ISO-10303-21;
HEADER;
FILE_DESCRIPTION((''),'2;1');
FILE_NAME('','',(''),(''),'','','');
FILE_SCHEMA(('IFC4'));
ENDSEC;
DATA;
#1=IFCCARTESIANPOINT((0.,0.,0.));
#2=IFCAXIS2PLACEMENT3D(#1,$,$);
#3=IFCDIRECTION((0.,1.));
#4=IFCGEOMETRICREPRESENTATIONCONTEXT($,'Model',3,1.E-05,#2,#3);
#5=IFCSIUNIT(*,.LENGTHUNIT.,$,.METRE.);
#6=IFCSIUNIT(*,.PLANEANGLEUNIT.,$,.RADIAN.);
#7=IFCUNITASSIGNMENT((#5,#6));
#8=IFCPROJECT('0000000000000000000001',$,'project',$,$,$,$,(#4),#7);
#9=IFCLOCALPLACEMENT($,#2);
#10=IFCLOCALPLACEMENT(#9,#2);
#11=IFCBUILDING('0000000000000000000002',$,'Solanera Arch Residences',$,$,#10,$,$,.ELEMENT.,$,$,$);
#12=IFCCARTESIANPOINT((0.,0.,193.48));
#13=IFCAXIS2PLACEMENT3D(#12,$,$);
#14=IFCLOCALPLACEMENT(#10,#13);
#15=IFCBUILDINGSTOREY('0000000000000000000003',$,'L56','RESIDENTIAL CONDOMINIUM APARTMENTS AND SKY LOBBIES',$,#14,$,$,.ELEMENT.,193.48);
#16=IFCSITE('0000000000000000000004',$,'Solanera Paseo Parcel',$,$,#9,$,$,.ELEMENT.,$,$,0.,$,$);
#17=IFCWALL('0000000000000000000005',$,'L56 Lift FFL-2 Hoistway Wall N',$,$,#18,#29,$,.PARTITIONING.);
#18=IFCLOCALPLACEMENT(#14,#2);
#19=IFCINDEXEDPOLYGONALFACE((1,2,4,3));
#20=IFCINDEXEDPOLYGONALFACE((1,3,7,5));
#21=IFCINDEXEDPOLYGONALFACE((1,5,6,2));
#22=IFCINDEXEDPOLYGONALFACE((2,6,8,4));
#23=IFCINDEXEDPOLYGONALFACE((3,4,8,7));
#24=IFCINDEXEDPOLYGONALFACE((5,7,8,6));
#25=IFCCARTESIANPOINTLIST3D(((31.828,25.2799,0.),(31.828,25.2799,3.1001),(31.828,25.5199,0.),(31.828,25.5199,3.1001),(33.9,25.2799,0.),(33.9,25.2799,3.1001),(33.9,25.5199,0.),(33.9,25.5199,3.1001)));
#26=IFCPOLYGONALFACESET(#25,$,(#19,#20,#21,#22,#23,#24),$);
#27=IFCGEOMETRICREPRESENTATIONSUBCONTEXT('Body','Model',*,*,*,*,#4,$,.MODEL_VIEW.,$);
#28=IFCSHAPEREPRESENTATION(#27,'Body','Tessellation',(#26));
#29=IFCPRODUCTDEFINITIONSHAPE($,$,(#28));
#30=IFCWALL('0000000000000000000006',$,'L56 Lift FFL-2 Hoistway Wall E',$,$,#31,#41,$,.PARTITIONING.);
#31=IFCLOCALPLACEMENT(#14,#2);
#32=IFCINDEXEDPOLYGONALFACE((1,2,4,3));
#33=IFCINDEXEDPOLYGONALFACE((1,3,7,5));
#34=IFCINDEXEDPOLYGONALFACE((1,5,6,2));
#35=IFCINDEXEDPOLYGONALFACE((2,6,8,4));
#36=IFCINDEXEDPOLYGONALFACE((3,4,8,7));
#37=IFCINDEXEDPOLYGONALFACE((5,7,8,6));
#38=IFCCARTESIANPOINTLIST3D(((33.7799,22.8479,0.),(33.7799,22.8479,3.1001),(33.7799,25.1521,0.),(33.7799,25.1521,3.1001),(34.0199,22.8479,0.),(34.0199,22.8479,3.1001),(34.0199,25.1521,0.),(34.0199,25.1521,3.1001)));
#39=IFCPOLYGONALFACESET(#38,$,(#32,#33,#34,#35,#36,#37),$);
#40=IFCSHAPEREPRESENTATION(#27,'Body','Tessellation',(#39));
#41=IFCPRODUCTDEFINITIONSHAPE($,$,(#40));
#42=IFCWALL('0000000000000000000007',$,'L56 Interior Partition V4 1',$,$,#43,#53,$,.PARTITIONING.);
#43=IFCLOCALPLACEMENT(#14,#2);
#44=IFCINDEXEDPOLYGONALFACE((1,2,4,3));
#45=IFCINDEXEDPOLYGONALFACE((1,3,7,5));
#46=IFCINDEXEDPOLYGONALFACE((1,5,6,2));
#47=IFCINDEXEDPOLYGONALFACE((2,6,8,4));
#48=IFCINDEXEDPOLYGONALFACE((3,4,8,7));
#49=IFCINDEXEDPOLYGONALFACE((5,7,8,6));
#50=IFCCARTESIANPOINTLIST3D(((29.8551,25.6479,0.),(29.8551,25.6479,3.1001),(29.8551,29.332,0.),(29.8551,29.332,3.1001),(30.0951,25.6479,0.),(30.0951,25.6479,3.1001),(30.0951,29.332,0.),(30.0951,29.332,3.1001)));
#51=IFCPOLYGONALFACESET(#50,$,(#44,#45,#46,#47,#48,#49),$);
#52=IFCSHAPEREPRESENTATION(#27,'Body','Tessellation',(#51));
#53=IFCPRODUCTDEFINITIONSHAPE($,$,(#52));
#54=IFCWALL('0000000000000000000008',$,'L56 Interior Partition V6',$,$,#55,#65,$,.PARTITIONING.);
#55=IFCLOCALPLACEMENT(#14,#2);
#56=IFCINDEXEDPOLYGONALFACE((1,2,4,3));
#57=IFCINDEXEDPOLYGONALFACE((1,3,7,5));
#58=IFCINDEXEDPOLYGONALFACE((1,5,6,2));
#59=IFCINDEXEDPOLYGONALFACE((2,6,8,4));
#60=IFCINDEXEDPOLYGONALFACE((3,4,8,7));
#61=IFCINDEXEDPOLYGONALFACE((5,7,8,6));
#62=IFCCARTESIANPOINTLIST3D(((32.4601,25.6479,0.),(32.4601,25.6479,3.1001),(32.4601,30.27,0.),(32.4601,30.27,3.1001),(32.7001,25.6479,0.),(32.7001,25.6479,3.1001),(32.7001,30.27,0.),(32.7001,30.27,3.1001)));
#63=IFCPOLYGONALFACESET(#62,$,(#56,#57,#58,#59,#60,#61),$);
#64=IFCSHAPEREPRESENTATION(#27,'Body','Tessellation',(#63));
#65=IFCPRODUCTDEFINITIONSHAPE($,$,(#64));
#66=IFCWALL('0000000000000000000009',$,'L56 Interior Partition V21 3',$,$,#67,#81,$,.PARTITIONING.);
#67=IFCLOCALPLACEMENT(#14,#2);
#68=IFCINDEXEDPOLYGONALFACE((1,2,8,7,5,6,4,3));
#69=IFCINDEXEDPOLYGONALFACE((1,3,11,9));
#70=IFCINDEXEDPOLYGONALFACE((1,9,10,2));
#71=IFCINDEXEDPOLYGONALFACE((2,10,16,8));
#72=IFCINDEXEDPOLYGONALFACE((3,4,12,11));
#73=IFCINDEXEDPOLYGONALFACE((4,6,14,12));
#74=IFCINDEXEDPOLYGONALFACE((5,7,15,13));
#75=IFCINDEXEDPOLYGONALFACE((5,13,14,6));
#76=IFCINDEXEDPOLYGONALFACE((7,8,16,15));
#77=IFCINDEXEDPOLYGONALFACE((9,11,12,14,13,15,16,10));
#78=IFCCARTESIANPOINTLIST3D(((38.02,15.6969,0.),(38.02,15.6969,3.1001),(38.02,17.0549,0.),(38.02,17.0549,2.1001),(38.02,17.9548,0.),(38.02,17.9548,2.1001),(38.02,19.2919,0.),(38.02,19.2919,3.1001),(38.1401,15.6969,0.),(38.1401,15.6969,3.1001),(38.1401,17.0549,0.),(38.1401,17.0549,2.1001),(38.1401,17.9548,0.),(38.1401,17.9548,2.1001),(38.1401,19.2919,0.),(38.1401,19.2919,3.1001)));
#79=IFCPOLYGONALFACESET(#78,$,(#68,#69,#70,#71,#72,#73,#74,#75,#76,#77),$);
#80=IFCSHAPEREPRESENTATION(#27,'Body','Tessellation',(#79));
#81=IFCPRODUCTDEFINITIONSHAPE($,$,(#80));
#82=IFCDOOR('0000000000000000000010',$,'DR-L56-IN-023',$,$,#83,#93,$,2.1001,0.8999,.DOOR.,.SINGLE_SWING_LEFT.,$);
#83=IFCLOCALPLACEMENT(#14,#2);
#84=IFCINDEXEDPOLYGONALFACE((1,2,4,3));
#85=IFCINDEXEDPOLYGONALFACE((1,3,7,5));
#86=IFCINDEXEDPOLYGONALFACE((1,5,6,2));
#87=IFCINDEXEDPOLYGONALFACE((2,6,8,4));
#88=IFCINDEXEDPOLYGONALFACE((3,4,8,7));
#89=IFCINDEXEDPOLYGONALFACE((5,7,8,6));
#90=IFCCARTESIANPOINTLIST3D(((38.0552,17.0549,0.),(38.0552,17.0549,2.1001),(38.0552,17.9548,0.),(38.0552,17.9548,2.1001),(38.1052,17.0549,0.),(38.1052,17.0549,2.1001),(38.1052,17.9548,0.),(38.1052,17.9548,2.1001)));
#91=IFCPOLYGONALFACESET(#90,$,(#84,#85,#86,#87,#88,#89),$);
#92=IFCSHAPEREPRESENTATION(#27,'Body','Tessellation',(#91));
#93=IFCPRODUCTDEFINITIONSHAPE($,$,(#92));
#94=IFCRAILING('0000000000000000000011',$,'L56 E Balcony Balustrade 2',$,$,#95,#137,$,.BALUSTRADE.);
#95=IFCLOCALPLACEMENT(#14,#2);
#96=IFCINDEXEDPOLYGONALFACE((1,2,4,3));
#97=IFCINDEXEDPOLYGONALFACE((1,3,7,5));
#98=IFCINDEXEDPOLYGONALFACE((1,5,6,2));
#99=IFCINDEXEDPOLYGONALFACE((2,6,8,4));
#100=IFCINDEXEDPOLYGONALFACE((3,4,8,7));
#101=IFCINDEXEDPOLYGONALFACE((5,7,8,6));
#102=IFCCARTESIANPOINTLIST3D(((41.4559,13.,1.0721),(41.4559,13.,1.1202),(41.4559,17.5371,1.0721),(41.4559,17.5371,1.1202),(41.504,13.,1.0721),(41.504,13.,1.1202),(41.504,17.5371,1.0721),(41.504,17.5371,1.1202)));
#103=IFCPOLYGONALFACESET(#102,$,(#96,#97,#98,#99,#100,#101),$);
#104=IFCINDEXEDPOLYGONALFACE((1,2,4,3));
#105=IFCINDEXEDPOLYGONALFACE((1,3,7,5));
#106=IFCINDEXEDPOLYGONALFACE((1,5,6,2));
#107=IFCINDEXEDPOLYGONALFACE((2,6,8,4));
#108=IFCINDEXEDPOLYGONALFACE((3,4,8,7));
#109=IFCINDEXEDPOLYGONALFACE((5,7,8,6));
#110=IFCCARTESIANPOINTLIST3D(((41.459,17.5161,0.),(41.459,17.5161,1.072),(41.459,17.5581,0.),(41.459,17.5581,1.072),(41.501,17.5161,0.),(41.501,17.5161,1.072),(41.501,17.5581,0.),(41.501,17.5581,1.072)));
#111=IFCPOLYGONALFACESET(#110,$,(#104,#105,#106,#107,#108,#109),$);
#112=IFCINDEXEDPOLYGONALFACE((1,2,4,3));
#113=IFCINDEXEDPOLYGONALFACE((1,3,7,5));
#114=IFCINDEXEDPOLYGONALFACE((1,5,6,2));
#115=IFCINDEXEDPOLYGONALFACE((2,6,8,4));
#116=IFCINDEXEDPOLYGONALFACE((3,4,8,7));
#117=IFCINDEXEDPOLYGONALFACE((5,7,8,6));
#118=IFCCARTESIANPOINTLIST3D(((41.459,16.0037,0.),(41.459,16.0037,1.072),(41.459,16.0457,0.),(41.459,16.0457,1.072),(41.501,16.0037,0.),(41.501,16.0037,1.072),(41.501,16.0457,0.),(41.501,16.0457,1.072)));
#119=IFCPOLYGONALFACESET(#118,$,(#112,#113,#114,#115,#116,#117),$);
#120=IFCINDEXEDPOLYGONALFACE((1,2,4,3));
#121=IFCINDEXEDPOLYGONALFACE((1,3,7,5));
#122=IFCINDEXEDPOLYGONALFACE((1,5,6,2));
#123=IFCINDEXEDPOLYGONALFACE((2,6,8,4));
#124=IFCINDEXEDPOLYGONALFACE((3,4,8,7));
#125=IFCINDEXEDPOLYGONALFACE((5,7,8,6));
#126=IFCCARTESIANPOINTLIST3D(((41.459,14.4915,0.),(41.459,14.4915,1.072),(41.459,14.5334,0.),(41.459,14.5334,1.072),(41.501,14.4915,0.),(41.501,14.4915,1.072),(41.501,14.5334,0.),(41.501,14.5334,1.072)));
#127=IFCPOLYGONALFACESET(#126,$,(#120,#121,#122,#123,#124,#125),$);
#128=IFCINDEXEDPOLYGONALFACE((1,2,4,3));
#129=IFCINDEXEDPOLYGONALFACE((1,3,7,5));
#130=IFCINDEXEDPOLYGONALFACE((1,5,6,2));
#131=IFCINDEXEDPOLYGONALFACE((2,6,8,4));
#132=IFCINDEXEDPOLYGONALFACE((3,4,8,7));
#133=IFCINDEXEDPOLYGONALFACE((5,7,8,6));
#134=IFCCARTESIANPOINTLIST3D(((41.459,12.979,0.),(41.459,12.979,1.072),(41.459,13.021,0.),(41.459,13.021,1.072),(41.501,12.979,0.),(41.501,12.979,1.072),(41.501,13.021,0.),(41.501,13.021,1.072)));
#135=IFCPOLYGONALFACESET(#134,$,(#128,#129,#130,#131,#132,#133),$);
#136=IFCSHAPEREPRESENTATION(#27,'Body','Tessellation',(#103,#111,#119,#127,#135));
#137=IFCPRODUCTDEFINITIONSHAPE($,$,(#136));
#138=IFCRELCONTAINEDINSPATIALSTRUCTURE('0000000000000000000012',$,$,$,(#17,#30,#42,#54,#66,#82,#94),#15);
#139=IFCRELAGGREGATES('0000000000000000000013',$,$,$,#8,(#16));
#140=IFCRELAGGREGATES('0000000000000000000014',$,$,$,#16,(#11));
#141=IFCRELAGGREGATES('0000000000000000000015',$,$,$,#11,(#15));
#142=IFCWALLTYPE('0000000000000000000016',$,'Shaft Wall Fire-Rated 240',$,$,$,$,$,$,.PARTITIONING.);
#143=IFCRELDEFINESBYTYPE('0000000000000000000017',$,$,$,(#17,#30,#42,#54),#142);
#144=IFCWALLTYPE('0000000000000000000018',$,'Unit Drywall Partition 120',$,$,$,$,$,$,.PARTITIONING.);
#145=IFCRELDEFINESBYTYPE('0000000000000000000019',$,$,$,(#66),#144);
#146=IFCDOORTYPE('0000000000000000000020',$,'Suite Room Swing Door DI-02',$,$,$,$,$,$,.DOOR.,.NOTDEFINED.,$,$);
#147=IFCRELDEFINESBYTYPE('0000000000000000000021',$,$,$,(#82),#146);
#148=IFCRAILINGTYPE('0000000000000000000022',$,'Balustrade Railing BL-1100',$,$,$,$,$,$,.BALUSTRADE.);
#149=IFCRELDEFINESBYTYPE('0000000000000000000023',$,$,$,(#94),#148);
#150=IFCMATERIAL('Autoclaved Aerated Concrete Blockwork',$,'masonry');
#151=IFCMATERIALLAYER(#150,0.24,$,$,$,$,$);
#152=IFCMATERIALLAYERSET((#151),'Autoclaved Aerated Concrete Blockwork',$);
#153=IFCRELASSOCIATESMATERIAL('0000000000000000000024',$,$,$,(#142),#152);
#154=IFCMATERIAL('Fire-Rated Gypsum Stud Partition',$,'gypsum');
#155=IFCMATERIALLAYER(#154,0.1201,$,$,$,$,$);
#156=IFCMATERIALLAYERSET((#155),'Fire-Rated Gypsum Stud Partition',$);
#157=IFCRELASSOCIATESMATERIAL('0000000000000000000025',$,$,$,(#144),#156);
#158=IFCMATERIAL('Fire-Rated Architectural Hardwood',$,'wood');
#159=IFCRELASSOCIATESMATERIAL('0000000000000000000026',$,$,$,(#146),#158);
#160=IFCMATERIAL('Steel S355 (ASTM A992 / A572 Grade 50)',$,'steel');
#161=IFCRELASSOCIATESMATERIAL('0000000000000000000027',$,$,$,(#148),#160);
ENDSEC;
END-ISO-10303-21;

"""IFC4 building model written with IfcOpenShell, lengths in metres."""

from ifc_helpers import new_model, si_unit, direction, frame, frame_2d, origin, origin_2d, place, context, subcontext, project, spatial, rectangle, extrude, material, layer, layer_set, type_object, element, fill, save


model = new_model("IFC4")

# Units and contexts
model_context = context("Model", 3, precision=1e-05, world=origin(), true_north=direction((0.0, 1.0)))
body_context = subcontext(model_context, "Body", "Model", "MODEL_VIEW")
ifc_project = project(units=[si_unit("LENGTHUNIT", "METRE"), si_unit("PLANEANGLEUNIT", "RADIAN")], contexts=[model_context])

# Site, building, storey
site_placement = place(None, origin())
site = spatial("IfcSite", under=ifc_project, at=site_placement, Name="Solanera Paseo Parcel", CompositionType="ELEMENT", RefElevation=0.0)
building_placement = place(site_placement, origin())
building = spatial("IfcBuilding", under=site, at=building_placement, Name="Solanera Arch Residences", CompositionType="ELEMENT")
storey_placement = place(building_placement, frame((0.0, 0.0, 193.48)))
storey = spatial("IfcBuildingStorey", under=building, at=storey_placement, Name="L56", Description="RESIDENTIAL CONDOMINIUM APARTMENTS AND SKY LOBBIES", CompositionType="ELEMENT", Elevation=193.48)

# Walls
ifc_material_1 = material(Name="Autoclaved Aerated Concrete Blockwork", Category="masonry")
ifc_layer_1 = layer(ifc_material_1, 0.24)
ifc_layer_set_1 = layer_set([ifc_layer_1], Name="Autoclaved Aerated Concrete Blockwork")
wall_type_1 = type_object("IfcWallType", Name="Shaft Wall Fire-Rated 240", PredefinedType="PARTITIONING", material=ifc_layer_set_1)
for number, where, z_axis, x_axis, name in (
    (1, (31.8279, 25.3999, 0.0), (0.0, 0.0, 1.0), (1.0, 0.0, 0.0), "L56 Lift FFL-2 Hoistway Wall N"),
):
    element("IfcWall", number, at=place(storey_placement, frame(where, z_axis=z_axis, x_axis=x_axis)), inside=storey, type_object=wall_type_1, Name=name, PredefinedType="PARTITIONING", context=body_context, shape_type="SweptSolid", body=[
        extrude(rectangle(XDim=2.072, YDim=0.24, at=frame_2d((1.0361, 0.0))), origin(), (0.0, 0.0, 1.0), 3.1001),
    ])
wall_1_placement = place(storey_placement, frame((33.8999, 22.8479, 0.0), z_axis=(0.0, 0.0, 1.0), x_axis=(0.0, 1.0, 0.0)))
element("IfcWall", 2, at=wall_1_placement, inside=storey, type_object=wall_type_1, Name="L56 Lift FFL-2 Hoistway Wall E", PredefinedType="PARTITIONING", context=body_context, shape_type="SweptSolid", body=[
    extrude(rectangle(XDim=2.3042, YDim=0.24, at=frame_2d((1.1521, 0.0))), origin(), (0.0, 0.0, 1.0), 3.1001),
])
wall_2_placement = place(storey_placement, frame((29.9751, 25.6479, 0.0), z_axis=(0.0, 0.0, 1.0), x_axis=(0.0, 1.0, 0.0)))
element("IfcWall", 3, at=wall_2_placement, inside=storey, type_object=wall_type_1, Name="L56 Interior Partition V4 1", PredefinedType="PARTITIONING", context=body_context, shape_type="SweptSolid", body=[
    extrude(rectangle(XDim=3.6841, YDim=0.24, at=frame_2d((1.842, 0.0))), origin(), (0.0, 0.0, 1.0), 3.1001),
])
wall_3_placement = place(storey_placement, frame((32.5801, 25.6479, 0.0), z_axis=(0.0, 0.0, 1.0), x_axis=(0.0, 1.0, 0.0)))
element("IfcWall", 4, at=wall_3_placement, inside=storey, type_object=wall_type_1, Name="L56 Interior Partition V6", PredefinedType="PARTITIONING", context=body_context, shape_type="SweptSolid", body=[
    extrude(rectangle(XDim=4.6221, YDim=0.24, at=frame_2d((2.311, 0.0))), origin(), (0.0, 0.0, 1.0), 3.1001),
])

# Wall, opening, door
ifc_material_2 = material(Name="Fire-Rated Gypsum Stud Partition", Category="gypsum")
ifc_layer_2 = layer(ifc_material_2, 0.1201)
ifc_layer_set_2 = layer_set([ifc_layer_2], Name="Fire-Rated Gypsum Stud Partition")
wall_type_2 = type_object("IfcWallType", Name="Unit Drywall Partition 120", PredefinedType="PARTITIONING", material=ifc_layer_set_2)
wall_4_placement = place(storey_placement, frame((38.0801, 15.697, 0.0), z_axis=(0.0, 0.0, 1.0), x_axis=(0.0, 1.0, 0.0)))
wall_4 = element("IfcWall", 5, at=wall_4_placement, inside=storey, type_object=wall_type_2, Name="L56 Interior Partition V21 3", PredefinedType="PARTITIONING", context=body_context, shape_type="SweptSolid", body=[
    extrude(rectangle(XDim=3.595, YDim=0.1201, at=frame_2d((1.7974, 0.0))), origin(), (0.0, 0.0, 1.0), 3.1001),
])
opening_placement = place(wall_4_placement, frame((1.3579, 0.0, 0.0)))
opening = element("IfcOpeningElement", 6, at=opening_placement, cuts=wall_4, PredefinedType="OPENING", context=body_context, shape_type="SweptSolid", body=[
    extrude(rectangle(XDim=0.8999, YDim=2.1001, at=frame_2d((0.45, 1.05))), frame((0.0, 0.0701, 0.0), z_axis=(0.0, -1.0, 0.0), x_axis=(1.0, 0.0, 0.0)), (0.0, 0.0, 1.0), 0.1401),
])
ifc_material_3 = material(Name="Fire-Rated Architectural Hardwood", Category="wood")
door_type = type_object("IfcDoorType", Name="Suite Room Swing Door DI-02", OperationType="NOTDEFINED", PredefinedType="DOOR", material=ifc_material_3)
door_placement = place(opening_placement, origin())
door = element("IfcDoor", 7, at=door_placement, inside=storey, type_object=door_type, Name="DR-L56-IN-023", OperationType="SINGLE_SWING_LEFT", OverallHeight=2.1001, OverallWidth=0.8999, PredefinedType="DOOR", context=body_context, shape_type="SweptSolid", body=[
    extrude(rectangle(XDim=0.8999, YDim=2.1001, at=frame_2d((0.45, 1.05))), frame((0.0, 0.0249, 0.0), z_axis=(0.0, -1.0, 0.0), x_axis=(1.0, 0.0, 0.0)), (0.0, 0.0, 1.0), 0.05),
])
fill(opening, door)

# Railing
ifc_material_4 = material(Name="Steel S355 (ASTM A992 / A572 Grade 50)", Category="steel")
railing_type = type_object("IfcRailingType", Name="Balustrade Railing BL-1100", PredefinedType="BALUSTRADE", material=ifc_material_4)
railing_1_placement = place(storey_placement, frame((41.48, 17.5371, 0.0)))
element("IfcRailing", 8, at=railing_1_placement, inside=storey, type_object=railing_type, Name="L56 E Balcony Balustrade 2", PredefinedType="BALUSTRADE", context=body_context, shape_type="SweptSolid", body=[
    extrude(rectangle(XDim=0.0481, YDim=0.0481, at=origin_2d()), frame((0.0, 0.0, 1.0962), z_axis=(0.0, -1.0, 0.0), x_axis=(1.0, 0.0, 0.0)), (0.0, 0.0, 1.0), 4.5371),
    extrude(rectangle(XDim=0.042, YDim=0.042, at=origin_2d()), origin(), (0.0, 0.0, 1.0), 1.072),
    extrude(rectangle(XDim=0.042, YDim=0.042, at=origin_2d()), frame((0.0, -1.5125, 0.0)), (0.0, 0.0, 1.0), 1.072),
    extrude(rectangle(XDim=0.042, YDim=0.042, at=origin_2d()), frame((0.0, -3.0247, 0.0)), (0.0, 0.0, 1.0), 1.072),
    extrude(rectangle(XDim=0.042, YDim=0.042, at=origin_2d()), frame((0.0, -4.5371, 0.0)), (0.0, 0.0, 1.0), 1.072),
])

save(model, "model.ifc")
